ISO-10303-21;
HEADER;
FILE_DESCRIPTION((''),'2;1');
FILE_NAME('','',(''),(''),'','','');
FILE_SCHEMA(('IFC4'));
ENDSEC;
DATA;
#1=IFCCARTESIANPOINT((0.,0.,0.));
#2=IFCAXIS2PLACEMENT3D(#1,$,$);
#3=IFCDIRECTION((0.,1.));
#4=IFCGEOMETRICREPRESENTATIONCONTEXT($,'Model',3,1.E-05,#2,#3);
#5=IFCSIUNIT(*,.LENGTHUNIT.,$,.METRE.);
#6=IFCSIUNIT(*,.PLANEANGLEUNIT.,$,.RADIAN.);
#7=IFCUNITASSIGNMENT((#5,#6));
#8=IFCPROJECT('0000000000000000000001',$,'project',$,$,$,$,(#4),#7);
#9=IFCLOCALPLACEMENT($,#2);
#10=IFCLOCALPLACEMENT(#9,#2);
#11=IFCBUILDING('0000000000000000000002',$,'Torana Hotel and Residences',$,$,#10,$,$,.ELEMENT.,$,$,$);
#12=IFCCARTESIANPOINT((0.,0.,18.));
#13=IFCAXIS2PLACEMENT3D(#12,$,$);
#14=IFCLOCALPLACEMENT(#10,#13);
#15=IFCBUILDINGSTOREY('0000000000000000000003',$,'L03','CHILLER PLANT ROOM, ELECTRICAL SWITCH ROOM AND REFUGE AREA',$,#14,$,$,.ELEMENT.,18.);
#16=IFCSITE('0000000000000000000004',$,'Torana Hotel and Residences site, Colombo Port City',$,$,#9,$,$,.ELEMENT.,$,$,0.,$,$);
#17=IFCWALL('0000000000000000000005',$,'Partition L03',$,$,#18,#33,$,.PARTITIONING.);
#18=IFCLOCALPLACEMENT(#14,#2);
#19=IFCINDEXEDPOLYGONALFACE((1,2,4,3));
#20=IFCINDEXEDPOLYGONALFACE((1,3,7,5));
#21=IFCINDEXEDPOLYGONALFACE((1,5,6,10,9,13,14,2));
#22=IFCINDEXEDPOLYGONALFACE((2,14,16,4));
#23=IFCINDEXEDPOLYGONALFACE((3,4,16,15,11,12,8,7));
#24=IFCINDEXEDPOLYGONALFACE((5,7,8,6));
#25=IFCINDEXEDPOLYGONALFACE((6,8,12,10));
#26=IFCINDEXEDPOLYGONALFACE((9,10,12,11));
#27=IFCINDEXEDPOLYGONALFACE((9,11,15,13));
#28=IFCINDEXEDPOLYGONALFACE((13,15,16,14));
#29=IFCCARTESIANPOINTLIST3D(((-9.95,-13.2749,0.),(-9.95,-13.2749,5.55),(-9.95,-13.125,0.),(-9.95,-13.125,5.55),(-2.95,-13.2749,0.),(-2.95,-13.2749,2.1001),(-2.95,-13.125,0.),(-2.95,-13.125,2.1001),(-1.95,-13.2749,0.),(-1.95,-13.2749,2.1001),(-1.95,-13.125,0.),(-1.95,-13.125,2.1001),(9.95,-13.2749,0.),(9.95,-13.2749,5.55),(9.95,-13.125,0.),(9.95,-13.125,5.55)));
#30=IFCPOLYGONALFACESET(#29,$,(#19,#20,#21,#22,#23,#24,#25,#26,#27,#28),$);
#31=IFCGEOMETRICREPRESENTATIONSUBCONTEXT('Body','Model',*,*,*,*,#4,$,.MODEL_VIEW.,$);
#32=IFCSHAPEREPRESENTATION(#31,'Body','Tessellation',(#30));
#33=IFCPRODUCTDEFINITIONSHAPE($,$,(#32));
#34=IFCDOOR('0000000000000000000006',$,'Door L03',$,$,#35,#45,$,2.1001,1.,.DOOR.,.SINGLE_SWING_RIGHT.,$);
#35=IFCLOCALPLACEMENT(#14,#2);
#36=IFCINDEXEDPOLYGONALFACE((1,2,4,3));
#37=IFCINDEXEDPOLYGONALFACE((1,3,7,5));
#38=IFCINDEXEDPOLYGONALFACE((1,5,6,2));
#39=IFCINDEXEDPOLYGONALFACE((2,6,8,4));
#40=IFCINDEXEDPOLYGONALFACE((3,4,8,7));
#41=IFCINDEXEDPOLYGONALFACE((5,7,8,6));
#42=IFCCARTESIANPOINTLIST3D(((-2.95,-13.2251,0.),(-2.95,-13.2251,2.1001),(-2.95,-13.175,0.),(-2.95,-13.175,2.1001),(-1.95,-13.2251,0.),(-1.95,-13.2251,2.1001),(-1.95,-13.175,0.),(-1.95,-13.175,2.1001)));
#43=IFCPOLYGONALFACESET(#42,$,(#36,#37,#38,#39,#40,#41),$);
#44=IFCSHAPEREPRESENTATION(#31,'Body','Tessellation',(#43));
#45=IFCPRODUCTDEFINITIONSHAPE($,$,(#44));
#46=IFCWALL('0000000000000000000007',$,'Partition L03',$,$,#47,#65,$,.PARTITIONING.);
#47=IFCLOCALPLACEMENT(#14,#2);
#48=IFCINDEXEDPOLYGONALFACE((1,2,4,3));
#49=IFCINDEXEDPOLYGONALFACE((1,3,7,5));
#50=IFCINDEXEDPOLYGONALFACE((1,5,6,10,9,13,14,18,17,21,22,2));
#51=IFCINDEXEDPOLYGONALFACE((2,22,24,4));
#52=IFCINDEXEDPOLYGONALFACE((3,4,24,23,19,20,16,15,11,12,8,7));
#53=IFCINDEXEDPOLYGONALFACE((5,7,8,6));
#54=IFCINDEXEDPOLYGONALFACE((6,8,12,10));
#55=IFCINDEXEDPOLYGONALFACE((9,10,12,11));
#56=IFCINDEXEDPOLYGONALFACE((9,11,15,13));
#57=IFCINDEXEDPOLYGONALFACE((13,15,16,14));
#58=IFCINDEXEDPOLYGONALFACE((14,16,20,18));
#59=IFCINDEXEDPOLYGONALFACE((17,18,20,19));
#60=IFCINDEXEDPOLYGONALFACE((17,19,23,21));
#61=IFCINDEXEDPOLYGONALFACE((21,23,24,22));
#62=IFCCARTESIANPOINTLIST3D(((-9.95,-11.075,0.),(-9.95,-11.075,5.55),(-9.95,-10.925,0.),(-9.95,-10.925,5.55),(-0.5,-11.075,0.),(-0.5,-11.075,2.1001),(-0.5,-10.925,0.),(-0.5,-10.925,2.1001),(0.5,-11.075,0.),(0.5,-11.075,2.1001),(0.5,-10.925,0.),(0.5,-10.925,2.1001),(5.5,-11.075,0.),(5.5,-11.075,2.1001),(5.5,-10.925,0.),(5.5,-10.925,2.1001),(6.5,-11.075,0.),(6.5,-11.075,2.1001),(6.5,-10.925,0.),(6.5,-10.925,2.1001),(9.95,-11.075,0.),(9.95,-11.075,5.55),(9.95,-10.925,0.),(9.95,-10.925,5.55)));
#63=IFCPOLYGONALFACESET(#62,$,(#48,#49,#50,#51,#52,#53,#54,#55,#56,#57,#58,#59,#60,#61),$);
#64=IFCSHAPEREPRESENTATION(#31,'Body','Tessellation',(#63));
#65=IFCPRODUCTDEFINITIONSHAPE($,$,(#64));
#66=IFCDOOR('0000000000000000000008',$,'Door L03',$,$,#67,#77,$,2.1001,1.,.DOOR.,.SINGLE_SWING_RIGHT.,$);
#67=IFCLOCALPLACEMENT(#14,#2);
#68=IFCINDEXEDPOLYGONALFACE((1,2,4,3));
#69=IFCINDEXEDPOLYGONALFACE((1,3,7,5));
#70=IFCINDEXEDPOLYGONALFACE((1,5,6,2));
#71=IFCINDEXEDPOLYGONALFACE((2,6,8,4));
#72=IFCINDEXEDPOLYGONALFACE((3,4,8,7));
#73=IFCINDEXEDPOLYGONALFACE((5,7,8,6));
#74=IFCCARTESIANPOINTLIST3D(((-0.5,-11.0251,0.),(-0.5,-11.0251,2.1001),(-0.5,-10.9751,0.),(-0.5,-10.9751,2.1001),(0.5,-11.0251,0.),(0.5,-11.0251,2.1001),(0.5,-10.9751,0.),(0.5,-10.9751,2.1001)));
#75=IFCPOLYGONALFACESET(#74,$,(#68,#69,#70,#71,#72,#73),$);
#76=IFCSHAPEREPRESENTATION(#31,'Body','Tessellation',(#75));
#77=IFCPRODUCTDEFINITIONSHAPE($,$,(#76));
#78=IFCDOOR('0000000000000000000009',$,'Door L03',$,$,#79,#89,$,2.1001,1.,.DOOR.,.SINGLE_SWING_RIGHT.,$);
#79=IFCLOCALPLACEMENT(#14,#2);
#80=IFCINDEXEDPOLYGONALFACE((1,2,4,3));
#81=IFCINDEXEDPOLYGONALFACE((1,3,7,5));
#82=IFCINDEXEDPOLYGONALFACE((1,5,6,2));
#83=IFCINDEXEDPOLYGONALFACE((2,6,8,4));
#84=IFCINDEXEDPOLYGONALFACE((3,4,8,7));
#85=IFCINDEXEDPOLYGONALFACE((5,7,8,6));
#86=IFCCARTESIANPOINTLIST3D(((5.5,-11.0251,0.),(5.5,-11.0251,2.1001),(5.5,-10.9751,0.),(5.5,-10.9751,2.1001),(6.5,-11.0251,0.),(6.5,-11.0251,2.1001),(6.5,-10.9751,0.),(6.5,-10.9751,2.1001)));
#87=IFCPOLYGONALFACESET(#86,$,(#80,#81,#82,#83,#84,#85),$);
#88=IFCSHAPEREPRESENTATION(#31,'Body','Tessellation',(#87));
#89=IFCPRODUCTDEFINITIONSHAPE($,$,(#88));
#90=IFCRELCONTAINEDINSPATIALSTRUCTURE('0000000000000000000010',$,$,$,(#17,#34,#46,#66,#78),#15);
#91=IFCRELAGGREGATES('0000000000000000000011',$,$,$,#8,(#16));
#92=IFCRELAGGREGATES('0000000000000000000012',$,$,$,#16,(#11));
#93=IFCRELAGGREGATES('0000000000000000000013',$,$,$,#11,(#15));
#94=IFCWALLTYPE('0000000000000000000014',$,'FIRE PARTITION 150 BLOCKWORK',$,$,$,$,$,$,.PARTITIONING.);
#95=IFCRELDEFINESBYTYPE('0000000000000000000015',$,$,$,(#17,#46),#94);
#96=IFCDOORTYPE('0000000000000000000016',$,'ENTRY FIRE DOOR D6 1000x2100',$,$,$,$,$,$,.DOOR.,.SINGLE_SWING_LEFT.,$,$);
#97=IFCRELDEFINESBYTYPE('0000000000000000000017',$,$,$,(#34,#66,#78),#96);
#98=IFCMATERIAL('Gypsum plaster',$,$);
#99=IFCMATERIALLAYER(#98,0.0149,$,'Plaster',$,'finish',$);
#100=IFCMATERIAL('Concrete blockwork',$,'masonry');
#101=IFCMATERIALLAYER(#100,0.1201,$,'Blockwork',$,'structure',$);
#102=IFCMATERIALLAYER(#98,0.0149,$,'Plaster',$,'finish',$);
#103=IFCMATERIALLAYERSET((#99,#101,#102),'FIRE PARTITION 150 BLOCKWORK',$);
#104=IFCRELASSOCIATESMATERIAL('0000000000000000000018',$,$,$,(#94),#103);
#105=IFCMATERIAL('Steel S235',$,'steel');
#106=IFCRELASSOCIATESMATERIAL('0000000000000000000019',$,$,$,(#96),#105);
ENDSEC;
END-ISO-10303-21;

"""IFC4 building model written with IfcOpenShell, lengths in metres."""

from ifc_helpers import new_model, si_unit, direction, frame, frame_2d, origin, place, context, subcontext, project, spatial, rectangle, extrude, material, layer, layer_set, type_object, element, fill, save


model = new_model("IFC4")

# Units and contexts
model_context = context("Model", 3, precision=1e-05, world=origin(), true_north=direction((0.0, 1.0)))
body_context = subcontext(model_context, "Body", "Model", "MODEL_VIEW")
ifc_project = project(units=[si_unit("LENGTHUNIT", "METRE"), si_unit("PLANEANGLEUNIT", "RADIAN")], contexts=[model_context])

# Site, building, storey
site_placement = place(None, origin())
site = spatial("IfcSite", under=ifc_project, at=site_placement, Name="Torana Hotel and Residences site, Colombo Port City", CompositionType="ELEMENT", RefElevation=0.0)
building_placement = place(site_placement, origin())
building = spatial("IfcBuilding", under=site, at=building_placement, Name="Torana Hotel and Residences", CompositionType="ELEMENT")
storey_placement = place(building_placement, frame((0.0, 0.0, 18.0)))
storey = spatial("IfcBuildingStorey", under=building, at=storey_placement, Name="L03", Description="CHILLER PLANT ROOM, ELECTRICAL SWITCH ROOM AND REFUGE AREA", CompositionType="ELEMENT", Elevation=18.0)

# Shared definitions
ifc_material_1 = material(Name="Gypsum plaster")
ifc_layer_1 = layer(ifc_material_1, 0.0149, Name="Plaster", Category="finish")
ifc_material_2 = material(Name="Concrete blockwork", Category="masonry")
ifc_layer_2 = layer(ifc_material_2, 0.1201, Name="Blockwork", Category="structure")
ifc_layer_3 = layer(ifc_material_1, 0.0149, Name="Plaster", Category="finish")
ifc_layer_set_1 = layer_set([ifc_layer_1, ifc_layer_2, ifc_layer_3], Name="FIRE PARTITION 150 BLOCKWORK")
wall_type_1 = type_object("IfcWallType", Name="FIRE PARTITION 150 BLOCKWORK", PredefinedType="PARTITIONING", material=ifc_layer_set_1)

# Wall, opening, door
wall_1_placement = place(storey_placement, frame((-9.95, -13.2, 0.0), z_axis=(0.0, 0.0, 1.0), x_axis=(1.0, 0.0, 0.0)))
wall_1 = element("IfcWall", 1, at=wall_1_placement, inside=storey, type_object=wall_type_1, Name="Partition L03", PredefinedType="PARTITIONING", context=body_context, shape_type="SweptSolid", body=[
    extrude(rectangle(XDim=19.8999, YDim=0.1499, at=frame_2d((9.95, 0.0))), origin(), (0.0, 0.0, 1.0), 5.55),
])
opening_1_placement = place(wall_1_placement, frame((7.0, 0.0, 0.0)))
opening_1 = element("IfcOpeningElement", 2, at=opening_1_placement, cuts=wall_1, PredefinedType="OPENING", context=body_context, shape_type="SweptSolid", body=[
    extrude(rectangle(XDim=1.0, YDim=2.1001, at=frame_2d((0.5, 1.05))), frame((0.0, 0.085, 0.0), z_axis=(0.0, -1.0, 0.0), x_axis=(1.0, 0.0, 0.0)), (0.0, 0.0, 1.0), 0.1699),
])
ifc_material_3 = material(Name="Steel S235", Category="steel")
door_type_1 = type_object("IfcDoorType", Name="ENTRY FIRE DOOR D6 1000x2100", OperationType="SINGLE_SWING_LEFT", PredefinedType="DOOR", material=ifc_material_3)
door_1_placement = place(opening_1_placement, origin())
door_1 = element("IfcDoor", 3, at=door_1_placement, inside=storey, type_object=door_type_1, Name="Door L03", OperationType="SINGLE_SWING_RIGHT", OverallHeight=2.1001, OverallWidth=1.0, PredefinedType="DOOR", context=body_context, shape_type="SweptSolid", body=[
    extrude(rectangle(XDim=1.0, YDim=2.1001, at=frame_2d((0.5, 1.05))), frame((0.0, 0.0249, 0.0), z_axis=(0.0, -1.0, 0.0), x_axis=(1.0, 0.0, 0.0)), (0.0, 0.0, 1.0), 0.05),
])
fill(opening_1, door_1)

# Wall, openings, doors
wall_2_placement = place(storey_placement, frame((-9.95, -11.0, 0.0), z_axis=(0.0, 0.0, 1.0), x_axis=(1.0, 0.0, 0.0)))
wall_2 = element("IfcWall", 4, at=wall_2_placement, inside=storey, type_object=wall_type_1, Name="Partition L03", PredefinedType="PARTITIONING", context=body_context, shape_type="SweptSolid", body=[
    extrude(rectangle(XDim=19.8999, YDim=0.1499, at=frame_2d((9.95, 0.0))), origin(), (0.0, 0.0, 1.0), 5.55),
])
opening_2_placement = place(wall_2_placement, frame((9.45, 0.0, 0.0)))
opening_2 = element("IfcOpeningElement", 5, at=opening_2_placement, cuts=wall_2, PredefinedType="OPENING", context=body_context, shape_type="SweptSolid", body=[
    extrude(rectangle(XDim=1.0, YDim=2.1001, at=frame_2d((0.5, 1.05))), frame((0.0, 0.085, 0.0), z_axis=(0.0, -1.0, 0.0), x_axis=(1.0, 0.0, 0.0)), (0.0, 0.0, 1.0), 0.1699),
])
opening_3_placement = place(wall_2_placement, frame((15.45, 0.0, 0.0)))
opening_3 = element("IfcOpeningElement", 6, at=opening_3_placement, cuts=wall_2, PredefinedType="OPENING", context=body_context, shape_type="SweptSolid", body=[
    extrude(rectangle(XDim=1.0, YDim=2.1001, at=frame_2d((0.5, 1.05))), frame((0.0, 0.085, 0.0), z_axis=(0.0, -1.0, 0.0), x_axis=(1.0, 0.0, 0.0)), (0.0, 0.0, 1.0), 0.1699),
])
door_2_placement = place(opening_2_placement, origin())
door_2 = element("IfcDoor", 7, at=door_2_placement, inside=storey, type_object=door_type_1, Name="Door L03", OperationType="SINGLE_SWING_RIGHT", OverallHeight=2.1001, OverallWidth=1.0, PredefinedType="DOOR", context=body_context, shape_type="SweptSolid", body=[
    extrude(rectangle(XDim=1.0, YDim=2.1001, at=frame_2d((0.5, 1.05))), frame((0.0, 0.0249, 0.0), z_axis=(0.0, -1.0, 0.0), x_axis=(1.0, 0.0, 0.0)), (0.0, 0.0, 1.0), 0.05),
])
fill(opening_2, door_2)
door_3_placement = place(opening_3_placement, origin())
door_3 = element("IfcDoor", 8, at=door_3_placement, inside=storey, type_object=door_type_1, Name="Door L03", OperationType="SINGLE_SWING_RIGHT", OverallHeight=2.1001, OverallWidth=1.0, PredefinedType="DOOR", context=body_context, shape_type="SweptSolid", body=[
    extrude(rectangle(XDim=1.0, YDim=2.1001, at=frame_2d((0.5, 1.05))), frame((0.0, 0.0249, 0.0), z_axis=(0.0, -1.0, 0.0), x_axis=(1.0, 0.0, 0.0)), (0.0, 0.0, 1.0), 0.05),
])
fill(opening_3, door_3)

save(model, "model.ifc")
